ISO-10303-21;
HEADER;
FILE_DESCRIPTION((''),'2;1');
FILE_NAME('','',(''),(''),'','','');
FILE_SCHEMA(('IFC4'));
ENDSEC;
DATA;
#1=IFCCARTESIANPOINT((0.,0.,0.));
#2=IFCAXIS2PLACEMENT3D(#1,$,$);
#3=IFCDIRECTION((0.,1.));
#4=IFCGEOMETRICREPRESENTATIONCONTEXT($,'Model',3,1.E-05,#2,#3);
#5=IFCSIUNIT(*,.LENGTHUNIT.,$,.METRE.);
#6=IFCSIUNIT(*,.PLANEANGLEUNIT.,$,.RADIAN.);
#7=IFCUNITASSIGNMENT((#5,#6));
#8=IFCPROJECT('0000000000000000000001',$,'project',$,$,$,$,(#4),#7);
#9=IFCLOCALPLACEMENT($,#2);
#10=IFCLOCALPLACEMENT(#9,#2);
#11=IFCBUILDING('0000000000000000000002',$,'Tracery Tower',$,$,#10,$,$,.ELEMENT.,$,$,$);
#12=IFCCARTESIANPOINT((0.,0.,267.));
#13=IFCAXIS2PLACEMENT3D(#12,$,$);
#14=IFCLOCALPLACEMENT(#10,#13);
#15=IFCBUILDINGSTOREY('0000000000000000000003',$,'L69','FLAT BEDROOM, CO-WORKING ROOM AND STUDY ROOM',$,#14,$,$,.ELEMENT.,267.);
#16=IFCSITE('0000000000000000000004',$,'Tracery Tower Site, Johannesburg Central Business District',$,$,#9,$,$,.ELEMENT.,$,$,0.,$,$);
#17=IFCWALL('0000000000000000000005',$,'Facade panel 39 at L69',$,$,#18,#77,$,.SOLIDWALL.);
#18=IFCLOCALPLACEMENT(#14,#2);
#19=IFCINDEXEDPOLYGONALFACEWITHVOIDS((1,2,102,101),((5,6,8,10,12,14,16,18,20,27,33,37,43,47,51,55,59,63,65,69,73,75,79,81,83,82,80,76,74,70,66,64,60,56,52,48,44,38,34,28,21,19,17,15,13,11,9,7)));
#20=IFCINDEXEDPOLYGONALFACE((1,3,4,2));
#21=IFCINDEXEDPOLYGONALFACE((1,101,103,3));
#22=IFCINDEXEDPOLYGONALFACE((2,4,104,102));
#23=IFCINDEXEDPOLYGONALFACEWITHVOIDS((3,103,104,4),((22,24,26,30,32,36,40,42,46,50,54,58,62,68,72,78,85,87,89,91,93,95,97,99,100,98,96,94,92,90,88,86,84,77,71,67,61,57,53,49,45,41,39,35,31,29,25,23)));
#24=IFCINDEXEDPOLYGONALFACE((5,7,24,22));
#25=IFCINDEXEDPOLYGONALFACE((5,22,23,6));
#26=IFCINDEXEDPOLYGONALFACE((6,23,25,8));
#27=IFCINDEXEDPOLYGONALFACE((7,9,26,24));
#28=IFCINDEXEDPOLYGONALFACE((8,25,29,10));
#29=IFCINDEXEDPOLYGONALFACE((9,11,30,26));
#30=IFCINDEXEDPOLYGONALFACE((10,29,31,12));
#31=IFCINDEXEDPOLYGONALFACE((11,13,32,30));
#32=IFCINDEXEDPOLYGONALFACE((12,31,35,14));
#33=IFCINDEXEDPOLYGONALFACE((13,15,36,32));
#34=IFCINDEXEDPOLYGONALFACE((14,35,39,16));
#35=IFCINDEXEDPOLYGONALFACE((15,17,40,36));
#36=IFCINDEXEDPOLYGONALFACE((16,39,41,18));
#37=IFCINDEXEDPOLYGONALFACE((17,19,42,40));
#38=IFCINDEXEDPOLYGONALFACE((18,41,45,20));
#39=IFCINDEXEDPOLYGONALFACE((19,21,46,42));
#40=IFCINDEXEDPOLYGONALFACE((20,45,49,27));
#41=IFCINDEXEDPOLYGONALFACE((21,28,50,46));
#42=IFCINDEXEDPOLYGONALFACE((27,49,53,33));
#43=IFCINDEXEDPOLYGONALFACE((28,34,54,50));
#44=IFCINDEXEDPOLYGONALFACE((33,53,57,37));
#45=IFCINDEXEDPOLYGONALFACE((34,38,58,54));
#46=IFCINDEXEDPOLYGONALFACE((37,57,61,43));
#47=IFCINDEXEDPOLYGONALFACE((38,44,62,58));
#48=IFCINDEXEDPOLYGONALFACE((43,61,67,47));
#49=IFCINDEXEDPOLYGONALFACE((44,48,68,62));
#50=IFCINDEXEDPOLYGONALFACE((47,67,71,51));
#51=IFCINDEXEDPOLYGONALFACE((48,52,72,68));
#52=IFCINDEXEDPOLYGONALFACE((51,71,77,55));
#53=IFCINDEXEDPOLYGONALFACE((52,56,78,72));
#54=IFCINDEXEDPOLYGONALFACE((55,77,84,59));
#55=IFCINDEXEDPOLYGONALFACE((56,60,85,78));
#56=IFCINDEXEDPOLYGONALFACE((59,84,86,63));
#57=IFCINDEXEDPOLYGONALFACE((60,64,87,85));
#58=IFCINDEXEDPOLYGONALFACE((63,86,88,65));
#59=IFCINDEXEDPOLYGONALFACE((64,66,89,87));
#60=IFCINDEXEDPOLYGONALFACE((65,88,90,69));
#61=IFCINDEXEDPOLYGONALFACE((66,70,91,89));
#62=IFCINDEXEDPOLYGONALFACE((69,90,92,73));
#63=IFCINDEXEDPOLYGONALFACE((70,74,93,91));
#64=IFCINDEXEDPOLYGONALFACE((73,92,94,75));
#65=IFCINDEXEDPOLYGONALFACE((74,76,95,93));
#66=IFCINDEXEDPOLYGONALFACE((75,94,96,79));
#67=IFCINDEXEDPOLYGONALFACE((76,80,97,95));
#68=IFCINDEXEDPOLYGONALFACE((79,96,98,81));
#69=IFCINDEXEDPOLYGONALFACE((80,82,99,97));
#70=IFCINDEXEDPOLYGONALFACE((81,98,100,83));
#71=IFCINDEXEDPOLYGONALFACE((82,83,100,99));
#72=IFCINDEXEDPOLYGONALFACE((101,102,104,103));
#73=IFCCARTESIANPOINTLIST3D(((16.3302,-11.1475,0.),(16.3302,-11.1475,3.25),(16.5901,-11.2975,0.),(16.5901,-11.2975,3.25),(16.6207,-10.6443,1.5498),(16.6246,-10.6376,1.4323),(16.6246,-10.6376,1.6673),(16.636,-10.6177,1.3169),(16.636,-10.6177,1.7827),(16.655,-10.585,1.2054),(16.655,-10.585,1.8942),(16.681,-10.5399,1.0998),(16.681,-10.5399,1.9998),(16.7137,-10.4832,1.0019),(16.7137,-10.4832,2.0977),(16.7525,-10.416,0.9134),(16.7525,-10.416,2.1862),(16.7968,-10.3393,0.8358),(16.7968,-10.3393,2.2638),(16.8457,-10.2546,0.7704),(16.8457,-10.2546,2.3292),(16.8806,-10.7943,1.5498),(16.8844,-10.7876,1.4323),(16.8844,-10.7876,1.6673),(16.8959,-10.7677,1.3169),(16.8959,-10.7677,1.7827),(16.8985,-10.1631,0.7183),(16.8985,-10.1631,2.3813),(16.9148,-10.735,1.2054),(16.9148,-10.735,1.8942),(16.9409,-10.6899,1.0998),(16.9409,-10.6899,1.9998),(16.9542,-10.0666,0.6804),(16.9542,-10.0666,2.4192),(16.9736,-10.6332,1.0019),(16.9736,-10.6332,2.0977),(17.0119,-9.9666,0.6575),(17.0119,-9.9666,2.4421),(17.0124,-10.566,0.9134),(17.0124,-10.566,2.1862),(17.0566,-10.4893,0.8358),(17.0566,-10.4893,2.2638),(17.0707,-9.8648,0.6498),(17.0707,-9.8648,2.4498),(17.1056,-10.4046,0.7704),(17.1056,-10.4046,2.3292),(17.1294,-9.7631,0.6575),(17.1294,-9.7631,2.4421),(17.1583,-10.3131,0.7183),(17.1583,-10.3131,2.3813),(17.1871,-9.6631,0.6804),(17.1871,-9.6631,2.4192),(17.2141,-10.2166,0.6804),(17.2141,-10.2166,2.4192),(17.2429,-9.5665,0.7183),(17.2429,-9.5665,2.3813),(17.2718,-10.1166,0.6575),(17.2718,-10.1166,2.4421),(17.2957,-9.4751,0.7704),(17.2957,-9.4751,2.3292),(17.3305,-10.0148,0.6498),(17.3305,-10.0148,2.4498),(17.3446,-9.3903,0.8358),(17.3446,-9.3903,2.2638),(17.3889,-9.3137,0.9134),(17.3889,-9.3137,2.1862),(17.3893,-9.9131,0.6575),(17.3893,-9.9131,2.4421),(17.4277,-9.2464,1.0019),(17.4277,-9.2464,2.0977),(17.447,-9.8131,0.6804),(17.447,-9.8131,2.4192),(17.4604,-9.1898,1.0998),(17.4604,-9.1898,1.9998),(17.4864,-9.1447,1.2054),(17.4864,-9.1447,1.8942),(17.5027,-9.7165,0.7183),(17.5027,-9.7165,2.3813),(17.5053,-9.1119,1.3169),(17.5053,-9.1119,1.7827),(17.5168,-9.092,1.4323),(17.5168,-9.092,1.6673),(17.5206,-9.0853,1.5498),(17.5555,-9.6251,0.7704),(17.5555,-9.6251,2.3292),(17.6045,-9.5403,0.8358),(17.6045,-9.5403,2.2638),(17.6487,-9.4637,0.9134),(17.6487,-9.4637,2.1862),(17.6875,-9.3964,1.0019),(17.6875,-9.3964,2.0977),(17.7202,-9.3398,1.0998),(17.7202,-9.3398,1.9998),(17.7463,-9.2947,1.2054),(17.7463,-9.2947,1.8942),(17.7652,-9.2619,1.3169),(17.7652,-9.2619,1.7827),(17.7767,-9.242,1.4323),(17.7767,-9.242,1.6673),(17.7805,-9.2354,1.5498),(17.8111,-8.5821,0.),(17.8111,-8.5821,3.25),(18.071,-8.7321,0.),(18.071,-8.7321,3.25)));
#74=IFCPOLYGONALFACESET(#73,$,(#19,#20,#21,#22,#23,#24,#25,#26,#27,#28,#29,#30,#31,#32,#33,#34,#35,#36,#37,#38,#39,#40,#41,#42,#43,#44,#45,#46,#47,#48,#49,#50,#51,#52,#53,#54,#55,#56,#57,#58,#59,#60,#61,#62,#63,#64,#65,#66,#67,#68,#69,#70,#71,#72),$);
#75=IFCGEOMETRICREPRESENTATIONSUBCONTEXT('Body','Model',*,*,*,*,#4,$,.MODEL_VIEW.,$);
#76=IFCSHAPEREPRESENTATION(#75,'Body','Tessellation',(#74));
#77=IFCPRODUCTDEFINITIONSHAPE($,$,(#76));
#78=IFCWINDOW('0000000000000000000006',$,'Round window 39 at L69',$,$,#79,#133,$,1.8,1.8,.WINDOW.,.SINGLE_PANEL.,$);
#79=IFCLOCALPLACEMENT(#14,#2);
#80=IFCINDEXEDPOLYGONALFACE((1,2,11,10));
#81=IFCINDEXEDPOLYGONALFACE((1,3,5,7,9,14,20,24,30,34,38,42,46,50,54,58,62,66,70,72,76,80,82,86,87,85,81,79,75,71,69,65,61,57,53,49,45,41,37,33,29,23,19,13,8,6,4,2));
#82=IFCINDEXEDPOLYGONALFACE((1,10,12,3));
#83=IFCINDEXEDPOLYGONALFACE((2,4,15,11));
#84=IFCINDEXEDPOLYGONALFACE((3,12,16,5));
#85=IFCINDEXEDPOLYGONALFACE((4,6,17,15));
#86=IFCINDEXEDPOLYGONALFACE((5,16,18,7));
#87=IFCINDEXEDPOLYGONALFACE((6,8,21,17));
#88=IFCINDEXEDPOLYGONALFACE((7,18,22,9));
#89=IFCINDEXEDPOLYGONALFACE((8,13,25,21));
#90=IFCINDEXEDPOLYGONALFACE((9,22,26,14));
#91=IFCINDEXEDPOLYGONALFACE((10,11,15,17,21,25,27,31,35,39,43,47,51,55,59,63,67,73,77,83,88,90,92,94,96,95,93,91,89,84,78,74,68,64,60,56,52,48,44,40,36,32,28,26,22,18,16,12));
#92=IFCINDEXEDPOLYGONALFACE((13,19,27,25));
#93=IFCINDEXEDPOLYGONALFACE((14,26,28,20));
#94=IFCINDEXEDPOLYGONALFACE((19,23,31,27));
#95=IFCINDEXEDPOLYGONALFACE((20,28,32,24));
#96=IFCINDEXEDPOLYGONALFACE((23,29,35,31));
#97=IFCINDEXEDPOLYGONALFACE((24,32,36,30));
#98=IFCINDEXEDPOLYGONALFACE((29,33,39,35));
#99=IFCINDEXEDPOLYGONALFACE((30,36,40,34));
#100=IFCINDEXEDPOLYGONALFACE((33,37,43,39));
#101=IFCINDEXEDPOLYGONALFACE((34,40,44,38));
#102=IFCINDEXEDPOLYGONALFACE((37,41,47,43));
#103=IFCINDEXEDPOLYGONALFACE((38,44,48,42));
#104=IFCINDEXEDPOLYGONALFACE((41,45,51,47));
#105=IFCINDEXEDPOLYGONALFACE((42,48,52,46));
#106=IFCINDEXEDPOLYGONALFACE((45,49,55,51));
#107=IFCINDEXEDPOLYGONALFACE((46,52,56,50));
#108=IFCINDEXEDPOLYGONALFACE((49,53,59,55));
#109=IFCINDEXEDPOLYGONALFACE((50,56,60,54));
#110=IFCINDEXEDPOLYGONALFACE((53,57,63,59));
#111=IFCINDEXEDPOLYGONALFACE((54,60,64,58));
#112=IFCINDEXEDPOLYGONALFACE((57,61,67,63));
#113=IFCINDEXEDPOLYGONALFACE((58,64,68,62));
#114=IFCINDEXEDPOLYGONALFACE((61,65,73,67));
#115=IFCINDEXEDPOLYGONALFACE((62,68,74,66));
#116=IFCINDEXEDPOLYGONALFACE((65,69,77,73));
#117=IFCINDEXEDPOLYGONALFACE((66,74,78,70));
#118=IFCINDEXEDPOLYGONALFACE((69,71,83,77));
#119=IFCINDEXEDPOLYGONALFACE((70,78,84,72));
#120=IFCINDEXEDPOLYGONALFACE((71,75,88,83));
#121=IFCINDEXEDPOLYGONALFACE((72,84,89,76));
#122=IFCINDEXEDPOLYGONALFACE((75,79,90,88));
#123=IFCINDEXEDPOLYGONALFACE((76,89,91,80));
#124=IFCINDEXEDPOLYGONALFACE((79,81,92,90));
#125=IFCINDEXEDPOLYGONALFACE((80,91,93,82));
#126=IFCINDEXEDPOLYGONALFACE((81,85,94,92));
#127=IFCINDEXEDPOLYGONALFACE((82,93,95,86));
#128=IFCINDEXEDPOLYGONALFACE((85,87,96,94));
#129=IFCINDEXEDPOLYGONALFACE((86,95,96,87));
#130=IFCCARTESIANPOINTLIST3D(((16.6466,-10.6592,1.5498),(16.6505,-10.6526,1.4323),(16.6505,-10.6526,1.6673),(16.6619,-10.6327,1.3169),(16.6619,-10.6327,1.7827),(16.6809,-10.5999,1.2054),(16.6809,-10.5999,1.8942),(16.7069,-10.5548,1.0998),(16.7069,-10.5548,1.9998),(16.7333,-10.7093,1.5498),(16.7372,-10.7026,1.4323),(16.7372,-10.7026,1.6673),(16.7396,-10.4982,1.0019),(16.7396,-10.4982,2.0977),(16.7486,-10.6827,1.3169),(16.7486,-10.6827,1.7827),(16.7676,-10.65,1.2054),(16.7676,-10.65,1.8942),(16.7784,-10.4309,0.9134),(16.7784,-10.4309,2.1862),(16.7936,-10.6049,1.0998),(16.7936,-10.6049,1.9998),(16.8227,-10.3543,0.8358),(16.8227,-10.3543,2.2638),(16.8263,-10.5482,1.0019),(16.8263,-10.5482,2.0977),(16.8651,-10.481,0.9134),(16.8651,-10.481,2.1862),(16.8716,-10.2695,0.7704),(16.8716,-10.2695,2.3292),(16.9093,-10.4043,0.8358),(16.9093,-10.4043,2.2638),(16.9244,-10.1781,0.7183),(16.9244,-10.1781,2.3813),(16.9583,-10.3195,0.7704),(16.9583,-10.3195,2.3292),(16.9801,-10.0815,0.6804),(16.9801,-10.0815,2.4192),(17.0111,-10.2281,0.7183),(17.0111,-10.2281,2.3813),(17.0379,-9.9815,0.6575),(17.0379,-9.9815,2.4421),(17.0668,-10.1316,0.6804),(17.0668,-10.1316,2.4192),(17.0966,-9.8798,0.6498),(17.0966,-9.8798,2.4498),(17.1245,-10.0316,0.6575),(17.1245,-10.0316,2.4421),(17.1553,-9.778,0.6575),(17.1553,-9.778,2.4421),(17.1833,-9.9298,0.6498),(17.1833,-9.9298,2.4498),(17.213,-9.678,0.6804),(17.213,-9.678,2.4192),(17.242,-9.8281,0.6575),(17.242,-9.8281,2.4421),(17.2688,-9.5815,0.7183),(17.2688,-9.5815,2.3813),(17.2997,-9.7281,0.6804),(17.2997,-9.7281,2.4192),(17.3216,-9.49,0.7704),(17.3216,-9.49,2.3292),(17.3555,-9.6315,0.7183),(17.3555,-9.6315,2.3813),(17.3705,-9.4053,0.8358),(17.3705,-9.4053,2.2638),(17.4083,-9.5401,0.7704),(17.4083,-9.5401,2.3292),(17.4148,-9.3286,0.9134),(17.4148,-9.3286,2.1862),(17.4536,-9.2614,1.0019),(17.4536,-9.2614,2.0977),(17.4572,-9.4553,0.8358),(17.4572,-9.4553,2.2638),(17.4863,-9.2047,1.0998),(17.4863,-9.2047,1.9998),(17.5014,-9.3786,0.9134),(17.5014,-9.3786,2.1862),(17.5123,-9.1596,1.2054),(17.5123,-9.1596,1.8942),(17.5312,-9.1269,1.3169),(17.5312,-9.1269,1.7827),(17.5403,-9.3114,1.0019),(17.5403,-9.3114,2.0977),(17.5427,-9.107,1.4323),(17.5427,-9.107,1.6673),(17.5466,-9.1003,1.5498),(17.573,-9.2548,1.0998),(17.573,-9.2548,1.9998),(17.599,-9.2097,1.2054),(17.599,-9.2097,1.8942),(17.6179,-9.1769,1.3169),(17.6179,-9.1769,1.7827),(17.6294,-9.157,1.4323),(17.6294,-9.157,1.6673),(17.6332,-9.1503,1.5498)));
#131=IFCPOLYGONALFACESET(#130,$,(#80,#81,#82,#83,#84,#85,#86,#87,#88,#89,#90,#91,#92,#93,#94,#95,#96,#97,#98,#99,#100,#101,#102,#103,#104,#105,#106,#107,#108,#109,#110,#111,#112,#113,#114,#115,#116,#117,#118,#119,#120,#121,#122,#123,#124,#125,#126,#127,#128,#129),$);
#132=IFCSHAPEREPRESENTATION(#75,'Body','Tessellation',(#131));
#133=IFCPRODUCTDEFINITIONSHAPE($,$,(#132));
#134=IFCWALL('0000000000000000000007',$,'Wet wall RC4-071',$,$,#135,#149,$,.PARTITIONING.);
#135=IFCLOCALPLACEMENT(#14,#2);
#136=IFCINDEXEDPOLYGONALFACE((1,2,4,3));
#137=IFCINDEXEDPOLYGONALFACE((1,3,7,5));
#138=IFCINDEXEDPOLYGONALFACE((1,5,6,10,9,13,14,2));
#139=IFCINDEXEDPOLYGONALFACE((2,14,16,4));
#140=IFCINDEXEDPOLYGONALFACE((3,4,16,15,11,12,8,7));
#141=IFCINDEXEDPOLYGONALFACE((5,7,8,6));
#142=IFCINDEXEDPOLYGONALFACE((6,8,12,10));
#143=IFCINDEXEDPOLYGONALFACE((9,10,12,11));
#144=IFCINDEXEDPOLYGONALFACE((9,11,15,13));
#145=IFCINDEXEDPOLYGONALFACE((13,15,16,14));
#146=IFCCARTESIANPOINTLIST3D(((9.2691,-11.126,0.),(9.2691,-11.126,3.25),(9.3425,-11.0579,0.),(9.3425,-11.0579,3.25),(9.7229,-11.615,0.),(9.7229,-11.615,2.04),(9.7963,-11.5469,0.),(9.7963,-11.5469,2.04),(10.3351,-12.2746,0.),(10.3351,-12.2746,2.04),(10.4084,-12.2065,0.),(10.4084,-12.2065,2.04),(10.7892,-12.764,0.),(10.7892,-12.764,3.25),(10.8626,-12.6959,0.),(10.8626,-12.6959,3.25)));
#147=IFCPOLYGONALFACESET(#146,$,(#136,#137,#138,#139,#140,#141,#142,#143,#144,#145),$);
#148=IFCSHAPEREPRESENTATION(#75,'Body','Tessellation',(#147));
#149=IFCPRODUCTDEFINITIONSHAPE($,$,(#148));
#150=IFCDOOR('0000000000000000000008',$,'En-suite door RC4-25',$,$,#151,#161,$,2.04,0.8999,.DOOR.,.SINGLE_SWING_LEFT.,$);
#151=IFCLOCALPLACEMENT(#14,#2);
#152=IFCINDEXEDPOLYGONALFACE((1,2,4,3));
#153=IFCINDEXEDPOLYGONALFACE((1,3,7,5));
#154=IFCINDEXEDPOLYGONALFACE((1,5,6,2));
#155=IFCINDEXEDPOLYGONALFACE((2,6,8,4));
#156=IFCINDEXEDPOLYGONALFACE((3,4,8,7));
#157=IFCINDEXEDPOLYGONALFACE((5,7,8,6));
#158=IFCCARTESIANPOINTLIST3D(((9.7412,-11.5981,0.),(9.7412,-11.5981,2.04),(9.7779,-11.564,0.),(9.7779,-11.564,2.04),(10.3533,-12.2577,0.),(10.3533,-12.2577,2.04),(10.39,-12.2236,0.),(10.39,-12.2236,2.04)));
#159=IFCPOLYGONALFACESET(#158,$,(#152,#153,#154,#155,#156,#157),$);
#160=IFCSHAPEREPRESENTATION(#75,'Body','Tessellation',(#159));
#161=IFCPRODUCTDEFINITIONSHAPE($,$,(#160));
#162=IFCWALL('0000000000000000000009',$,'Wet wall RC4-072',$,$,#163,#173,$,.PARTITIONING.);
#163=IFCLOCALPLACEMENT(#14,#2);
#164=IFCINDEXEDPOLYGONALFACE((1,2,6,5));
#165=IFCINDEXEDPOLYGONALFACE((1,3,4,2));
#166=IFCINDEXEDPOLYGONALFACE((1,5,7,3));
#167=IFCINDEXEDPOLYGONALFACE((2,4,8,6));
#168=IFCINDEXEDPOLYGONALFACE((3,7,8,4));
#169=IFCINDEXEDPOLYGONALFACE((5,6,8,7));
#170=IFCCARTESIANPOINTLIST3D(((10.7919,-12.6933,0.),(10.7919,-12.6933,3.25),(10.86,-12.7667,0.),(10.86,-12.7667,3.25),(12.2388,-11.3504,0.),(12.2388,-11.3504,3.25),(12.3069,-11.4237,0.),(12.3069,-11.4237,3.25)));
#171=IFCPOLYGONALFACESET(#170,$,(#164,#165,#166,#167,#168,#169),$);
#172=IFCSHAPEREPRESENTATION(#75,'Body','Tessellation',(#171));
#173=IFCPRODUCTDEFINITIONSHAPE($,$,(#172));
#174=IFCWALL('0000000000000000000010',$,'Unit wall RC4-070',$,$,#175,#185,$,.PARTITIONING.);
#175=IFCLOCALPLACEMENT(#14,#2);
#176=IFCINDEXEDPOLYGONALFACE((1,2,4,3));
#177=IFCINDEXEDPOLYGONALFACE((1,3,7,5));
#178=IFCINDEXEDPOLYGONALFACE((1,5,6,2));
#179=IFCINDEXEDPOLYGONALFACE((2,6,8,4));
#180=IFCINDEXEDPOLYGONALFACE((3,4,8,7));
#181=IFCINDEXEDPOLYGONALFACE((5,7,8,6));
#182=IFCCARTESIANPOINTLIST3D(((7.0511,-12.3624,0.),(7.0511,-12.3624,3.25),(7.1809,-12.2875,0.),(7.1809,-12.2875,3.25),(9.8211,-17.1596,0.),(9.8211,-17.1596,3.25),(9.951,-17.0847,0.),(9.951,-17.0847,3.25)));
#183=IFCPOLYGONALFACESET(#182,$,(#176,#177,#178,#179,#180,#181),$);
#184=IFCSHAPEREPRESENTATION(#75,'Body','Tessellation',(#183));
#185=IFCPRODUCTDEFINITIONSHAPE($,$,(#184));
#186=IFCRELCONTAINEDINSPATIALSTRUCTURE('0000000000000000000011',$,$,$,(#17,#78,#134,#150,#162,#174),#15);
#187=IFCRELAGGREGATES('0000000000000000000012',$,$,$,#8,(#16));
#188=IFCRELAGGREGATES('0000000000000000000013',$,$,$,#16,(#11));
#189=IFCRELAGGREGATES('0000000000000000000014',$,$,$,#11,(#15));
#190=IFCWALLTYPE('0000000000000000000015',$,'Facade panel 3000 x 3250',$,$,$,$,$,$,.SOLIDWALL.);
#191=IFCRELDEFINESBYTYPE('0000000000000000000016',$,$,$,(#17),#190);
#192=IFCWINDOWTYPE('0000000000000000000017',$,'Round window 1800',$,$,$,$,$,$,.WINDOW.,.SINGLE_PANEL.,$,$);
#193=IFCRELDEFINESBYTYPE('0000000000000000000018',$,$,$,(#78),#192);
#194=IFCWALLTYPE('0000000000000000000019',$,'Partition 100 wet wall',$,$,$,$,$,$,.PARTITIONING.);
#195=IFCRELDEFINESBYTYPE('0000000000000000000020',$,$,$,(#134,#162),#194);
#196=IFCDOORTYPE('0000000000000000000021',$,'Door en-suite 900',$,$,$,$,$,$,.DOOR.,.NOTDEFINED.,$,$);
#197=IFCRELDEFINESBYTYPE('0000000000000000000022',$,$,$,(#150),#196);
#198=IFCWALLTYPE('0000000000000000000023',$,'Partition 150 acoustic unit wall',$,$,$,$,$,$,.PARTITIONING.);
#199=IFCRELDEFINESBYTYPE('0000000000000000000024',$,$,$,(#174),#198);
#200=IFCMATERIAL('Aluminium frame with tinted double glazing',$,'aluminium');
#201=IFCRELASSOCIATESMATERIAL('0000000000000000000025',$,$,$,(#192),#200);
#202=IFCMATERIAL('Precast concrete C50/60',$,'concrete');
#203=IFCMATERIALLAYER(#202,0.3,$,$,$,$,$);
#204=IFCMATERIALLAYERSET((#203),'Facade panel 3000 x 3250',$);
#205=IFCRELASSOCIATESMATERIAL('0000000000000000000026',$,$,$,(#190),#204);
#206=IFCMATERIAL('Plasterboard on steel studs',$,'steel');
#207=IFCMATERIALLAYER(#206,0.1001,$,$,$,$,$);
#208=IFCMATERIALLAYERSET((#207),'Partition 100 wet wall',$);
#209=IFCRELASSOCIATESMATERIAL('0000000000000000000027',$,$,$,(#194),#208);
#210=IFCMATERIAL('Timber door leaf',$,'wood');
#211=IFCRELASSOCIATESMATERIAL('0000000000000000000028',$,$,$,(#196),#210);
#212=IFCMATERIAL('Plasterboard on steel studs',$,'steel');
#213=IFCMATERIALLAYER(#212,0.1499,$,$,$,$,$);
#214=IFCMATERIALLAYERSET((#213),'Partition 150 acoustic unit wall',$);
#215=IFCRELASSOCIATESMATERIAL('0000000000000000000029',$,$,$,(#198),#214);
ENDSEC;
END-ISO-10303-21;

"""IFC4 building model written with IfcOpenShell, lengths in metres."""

from ifc_helpers import new_model, si_unit, direction, frame, frame_2d, origin, origin_2d, place, context, subcontext, project, spatial, rectangle, circle, extrude, material, layer, layer_set, type_object, element, fill, save


model = new_model("IFC4")

# Units and contexts
model_context = context("Model", 3, precision=1e-05, world=origin(), true_north=direction((0.0, 1.0)))
body_context = subcontext(model_context, "Body", "Model", "MODEL_VIEW")
ifc_project = project(units=[si_unit("LENGTHUNIT", "METRE"), si_unit("PLANEANGLEUNIT", "RADIAN")], contexts=[model_context])

# Site, building, storey
site_placement = place(None, origin())
site = spatial("IfcSite", under=ifc_project, at=site_placement, Name="Tracery Tower Site, Johannesburg Central Business District", CompositionType="ELEMENT", RefElevation=0.0)
building_placement = place(site_placement, origin())
building = spatial("IfcBuilding", under=site, at=building_placement, Name="Tracery Tower", CompositionType="ELEMENT")
storey_placement = place(building_placement, frame((0.0, 0.0, 267.0)))
storey = spatial("IfcBuildingStorey", under=building, at=storey_placement, Name="L69", Description="FLAT BEDROOM, CO-WORKING ROOM AND STUDY ROOM", CompositionType="ELEMENT", Elevation=267.0)

# Wall, opening, window
ifc_material_1 = material(Name="Aluminium frame with tinted double glazing", Category="aluminium")
window_type = type_object("IfcWindowType", Name="Round window 1800", PartitioningType="SINGLE_PANEL", PredefinedType="WINDOW", material=ifc_material_1)
ifc_material_2 = material(Name="Precast concrete C50/60", Category="concrete")
ifc_layer_1 = layer(ifc_material_2, 0.3)
ifc_layer_set_1 = layer_set([ifc_layer_1], Name="Facade panel 3000 x 3250")
wall_type_1 = type_object("IfcWallType", Name="Facade panel 3000 x 3250", PredefinedType="SOLIDWALL", material=ifc_layer_set_1)
wall_1_placement = place(storey_placement, frame((16.4602, -11.2224, 0.0), z_axis=(0.0, 0.0, 1.0), x_axis=(0.499951, 0.866054, 0.0)))
wall_1 = element("IfcWall", 1, at=wall_1_placement, inside=storey, type_object=wall_type_1, Name="Facade panel 39 at L69", PredefinedType="SOLIDWALL", context=body_context, shape_type="SweptSolid", body=[
    extrude(rectangle(XDim=2.9622, YDim=0.3, at=frame_2d((1.481, 0.0))), origin(), (0.0, 0.0, 1.0), 3.25),
])
opening_1_placement = place(wall_1_placement, frame((1.481, 0.0, 1.5498)))
opening_1 = element("IfcOpeningElement", 2, at=opening_1_placement, cuts=wall_1, PredefinedType="OPENING", context=body_context, shape_type="SweptSolid", body=[
    extrude(circle(Radius=0.9, at=origin_2d()), frame((0.0, 0.1599, 0.0), z_axis=(0.0, -1.0, 0.0), x_axis=(1.0, 0.0, 0.0)), (0.0, 0.0, 1.0), 0.3201),
])
window_1_placement = place(opening_1_placement, origin())
window_1 = element("IfcWindow", 3, at=window_1_placement, inside=storey, type_object=window_type, Name="Round window 39 at L69", OverallHeight=1.8, OverallWidth=1.8, PartitioningType="SINGLE_PANEL", PredefinedType="WINDOW", context=body_context, shape_type="SweptSolid", body=[
    extrude(circle(Radius=0.9, at=origin_2d()), frame((0.0, 0.1201, 0.0), z_axis=(0.0, -1.0, 0.0), x_axis=(1.0, 0.0, 0.0)), (0.0, 0.0, 1.0), 0.1001),
])
fill(opening_1, window_1)

# Wall, opening, door
ifc_material_3 = material(Name="Plasterboard on steel studs", Category="steel")
ifc_layer_2 = layer(ifc_material_3, 0.1001)
ifc_layer_set_2 = layer_set([ifc_layer_2], Name="Partition 100 wet wall")
wall_type_2 = type_object("IfcWallType", Name="Partition 100 wet wall", PredefinedType="PARTITIONING", material=ifc_layer_set_2)
wall_2_placement = place(storey_placement, frame((9.3059, -11.092, 0.0), z_axis=(0.0, 0.0, 1.0), x_axis=(0.680229, -0.733, 0.0)))
wall_2 = element("IfcWall", 4, at=wall_2_placement, inside=storey, type_object=wall_type_2, Name="Wet wall RC4-071", PredefinedType="PARTITIONING", context=body_context, shape_type="SweptSolid", body=[
    extrude(rectangle(XDim=2.2346, YDim=0.1001, at=frame_2d((1.1172, 0.0))), origin(), (0.0, 0.0, 1.0), 3.25),
])
opening_2_placement = place(wall_2_placement, frame((0.667, 0.0, 0.0)))
opening_2 = element("IfcOpeningElement", 5, at=opening_2_placement, cuts=wall_2, PredefinedType="OPENING", context=body_context, shape_type="SweptSolid", body=[
    extrude(rectangle(XDim=0.8999, YDim=2.04, at=frame_2d((0.45, 1.02))), frame((0.0, 0.05, 0.0), z_axis=(0.0, -1.0, 0.0), x_axis=(1.0, 0.0, 0.0)), (0.0, 0.0, 1.0), 0.1001),
])
ifc_material_4 = material(Name="Timber door leaf", Category="wood")
door_type = type_object("IfcDoorType", Name="Door en-suite 900", OperationType="NOTDEFINED", PredefinedType="DOOR", material=ifc_material_4)
door_placement = place(opening_2_placement, origin())
door = element("IfcDoor", 6, at=door_placement, inside=storey, type_object=door_type, Name="En-suite door RC4-25", OperationType="SINGLE_SWING_LEFT", OverallHeight=2.04, OverallWidth=0.8999, PredefinedType="DOOR", context=body_context, shape_type="SweptSolid", body=[
    extrude(rectangle(XDim=0.8999, YDim=2.04, at=frame_2d((0.45, 1.02))), frame((0.0, 0.0249, 0.0), z_axis=(0.0, -1.0, 0.0), x_axis=(1.0, 0.0, 0.0)), (0.0, 0.0, 1.0), 0.05),
])
fill(opening_2, door)

# Walls
wall_3_placement = place(storey_placement, frame((10.8259, -12.73, 0.0), z_axis=(0.0, 0.0, 1.0), x_axis=(0.732956, 0.680276, 0.0)))
element("IfcWall", 7, at=wall_3_placement, inside=storey, type_object=wall_type_2, Name="Wet wall RC4-072", PredefinedType="PARTITIONING", context=body_context, shape_type="SweptSolid", body=[
    extrude(rectangle(XDim=1.9741, YDim=0.1001, at=frame_2d((0.9871, 0.0))), origin(), (0.0, 0.0, 1.0), 3.25),
])
ifc_material_5 = material(Name="Plasterboard on steel studs", Category="steel")
ifc_layer_3 = layer(ifc_material_5, 0.1499)
ifc_layer_set_3 = layer_set([ifc_layer_3], Name="Partition 150 acoustic unit wall")
wall_type_3 = type_object("IfcWallType", Name="Partition 150 acoustic unit wall", PredefinedType="PARTITIONING", material=ifc_layer_set_3)
wall_4_placement = place(storey_placement, frame((7.116, -12.325, 0.0), z_axis=(0.0, 0.0, 1.0), x_axis=(0.500054, -0.865994, 0.0)))
element("IfcWall", 8, at=wall_4_placement, inside=storey, type_object=wall_type_3, Name="Unit wall RC4-070", PredefinedType="PARTITIONING", context=body_context, shape_type="SweptSolid", body=[
    extrude(rectangle(XDim=5.5396, YDim=0.1499, at=frame_2d((2.7698, 0.0))), origin(), (0.0, 0.0, 1.0), 3.25),
])

save(model, "model.ifc")
